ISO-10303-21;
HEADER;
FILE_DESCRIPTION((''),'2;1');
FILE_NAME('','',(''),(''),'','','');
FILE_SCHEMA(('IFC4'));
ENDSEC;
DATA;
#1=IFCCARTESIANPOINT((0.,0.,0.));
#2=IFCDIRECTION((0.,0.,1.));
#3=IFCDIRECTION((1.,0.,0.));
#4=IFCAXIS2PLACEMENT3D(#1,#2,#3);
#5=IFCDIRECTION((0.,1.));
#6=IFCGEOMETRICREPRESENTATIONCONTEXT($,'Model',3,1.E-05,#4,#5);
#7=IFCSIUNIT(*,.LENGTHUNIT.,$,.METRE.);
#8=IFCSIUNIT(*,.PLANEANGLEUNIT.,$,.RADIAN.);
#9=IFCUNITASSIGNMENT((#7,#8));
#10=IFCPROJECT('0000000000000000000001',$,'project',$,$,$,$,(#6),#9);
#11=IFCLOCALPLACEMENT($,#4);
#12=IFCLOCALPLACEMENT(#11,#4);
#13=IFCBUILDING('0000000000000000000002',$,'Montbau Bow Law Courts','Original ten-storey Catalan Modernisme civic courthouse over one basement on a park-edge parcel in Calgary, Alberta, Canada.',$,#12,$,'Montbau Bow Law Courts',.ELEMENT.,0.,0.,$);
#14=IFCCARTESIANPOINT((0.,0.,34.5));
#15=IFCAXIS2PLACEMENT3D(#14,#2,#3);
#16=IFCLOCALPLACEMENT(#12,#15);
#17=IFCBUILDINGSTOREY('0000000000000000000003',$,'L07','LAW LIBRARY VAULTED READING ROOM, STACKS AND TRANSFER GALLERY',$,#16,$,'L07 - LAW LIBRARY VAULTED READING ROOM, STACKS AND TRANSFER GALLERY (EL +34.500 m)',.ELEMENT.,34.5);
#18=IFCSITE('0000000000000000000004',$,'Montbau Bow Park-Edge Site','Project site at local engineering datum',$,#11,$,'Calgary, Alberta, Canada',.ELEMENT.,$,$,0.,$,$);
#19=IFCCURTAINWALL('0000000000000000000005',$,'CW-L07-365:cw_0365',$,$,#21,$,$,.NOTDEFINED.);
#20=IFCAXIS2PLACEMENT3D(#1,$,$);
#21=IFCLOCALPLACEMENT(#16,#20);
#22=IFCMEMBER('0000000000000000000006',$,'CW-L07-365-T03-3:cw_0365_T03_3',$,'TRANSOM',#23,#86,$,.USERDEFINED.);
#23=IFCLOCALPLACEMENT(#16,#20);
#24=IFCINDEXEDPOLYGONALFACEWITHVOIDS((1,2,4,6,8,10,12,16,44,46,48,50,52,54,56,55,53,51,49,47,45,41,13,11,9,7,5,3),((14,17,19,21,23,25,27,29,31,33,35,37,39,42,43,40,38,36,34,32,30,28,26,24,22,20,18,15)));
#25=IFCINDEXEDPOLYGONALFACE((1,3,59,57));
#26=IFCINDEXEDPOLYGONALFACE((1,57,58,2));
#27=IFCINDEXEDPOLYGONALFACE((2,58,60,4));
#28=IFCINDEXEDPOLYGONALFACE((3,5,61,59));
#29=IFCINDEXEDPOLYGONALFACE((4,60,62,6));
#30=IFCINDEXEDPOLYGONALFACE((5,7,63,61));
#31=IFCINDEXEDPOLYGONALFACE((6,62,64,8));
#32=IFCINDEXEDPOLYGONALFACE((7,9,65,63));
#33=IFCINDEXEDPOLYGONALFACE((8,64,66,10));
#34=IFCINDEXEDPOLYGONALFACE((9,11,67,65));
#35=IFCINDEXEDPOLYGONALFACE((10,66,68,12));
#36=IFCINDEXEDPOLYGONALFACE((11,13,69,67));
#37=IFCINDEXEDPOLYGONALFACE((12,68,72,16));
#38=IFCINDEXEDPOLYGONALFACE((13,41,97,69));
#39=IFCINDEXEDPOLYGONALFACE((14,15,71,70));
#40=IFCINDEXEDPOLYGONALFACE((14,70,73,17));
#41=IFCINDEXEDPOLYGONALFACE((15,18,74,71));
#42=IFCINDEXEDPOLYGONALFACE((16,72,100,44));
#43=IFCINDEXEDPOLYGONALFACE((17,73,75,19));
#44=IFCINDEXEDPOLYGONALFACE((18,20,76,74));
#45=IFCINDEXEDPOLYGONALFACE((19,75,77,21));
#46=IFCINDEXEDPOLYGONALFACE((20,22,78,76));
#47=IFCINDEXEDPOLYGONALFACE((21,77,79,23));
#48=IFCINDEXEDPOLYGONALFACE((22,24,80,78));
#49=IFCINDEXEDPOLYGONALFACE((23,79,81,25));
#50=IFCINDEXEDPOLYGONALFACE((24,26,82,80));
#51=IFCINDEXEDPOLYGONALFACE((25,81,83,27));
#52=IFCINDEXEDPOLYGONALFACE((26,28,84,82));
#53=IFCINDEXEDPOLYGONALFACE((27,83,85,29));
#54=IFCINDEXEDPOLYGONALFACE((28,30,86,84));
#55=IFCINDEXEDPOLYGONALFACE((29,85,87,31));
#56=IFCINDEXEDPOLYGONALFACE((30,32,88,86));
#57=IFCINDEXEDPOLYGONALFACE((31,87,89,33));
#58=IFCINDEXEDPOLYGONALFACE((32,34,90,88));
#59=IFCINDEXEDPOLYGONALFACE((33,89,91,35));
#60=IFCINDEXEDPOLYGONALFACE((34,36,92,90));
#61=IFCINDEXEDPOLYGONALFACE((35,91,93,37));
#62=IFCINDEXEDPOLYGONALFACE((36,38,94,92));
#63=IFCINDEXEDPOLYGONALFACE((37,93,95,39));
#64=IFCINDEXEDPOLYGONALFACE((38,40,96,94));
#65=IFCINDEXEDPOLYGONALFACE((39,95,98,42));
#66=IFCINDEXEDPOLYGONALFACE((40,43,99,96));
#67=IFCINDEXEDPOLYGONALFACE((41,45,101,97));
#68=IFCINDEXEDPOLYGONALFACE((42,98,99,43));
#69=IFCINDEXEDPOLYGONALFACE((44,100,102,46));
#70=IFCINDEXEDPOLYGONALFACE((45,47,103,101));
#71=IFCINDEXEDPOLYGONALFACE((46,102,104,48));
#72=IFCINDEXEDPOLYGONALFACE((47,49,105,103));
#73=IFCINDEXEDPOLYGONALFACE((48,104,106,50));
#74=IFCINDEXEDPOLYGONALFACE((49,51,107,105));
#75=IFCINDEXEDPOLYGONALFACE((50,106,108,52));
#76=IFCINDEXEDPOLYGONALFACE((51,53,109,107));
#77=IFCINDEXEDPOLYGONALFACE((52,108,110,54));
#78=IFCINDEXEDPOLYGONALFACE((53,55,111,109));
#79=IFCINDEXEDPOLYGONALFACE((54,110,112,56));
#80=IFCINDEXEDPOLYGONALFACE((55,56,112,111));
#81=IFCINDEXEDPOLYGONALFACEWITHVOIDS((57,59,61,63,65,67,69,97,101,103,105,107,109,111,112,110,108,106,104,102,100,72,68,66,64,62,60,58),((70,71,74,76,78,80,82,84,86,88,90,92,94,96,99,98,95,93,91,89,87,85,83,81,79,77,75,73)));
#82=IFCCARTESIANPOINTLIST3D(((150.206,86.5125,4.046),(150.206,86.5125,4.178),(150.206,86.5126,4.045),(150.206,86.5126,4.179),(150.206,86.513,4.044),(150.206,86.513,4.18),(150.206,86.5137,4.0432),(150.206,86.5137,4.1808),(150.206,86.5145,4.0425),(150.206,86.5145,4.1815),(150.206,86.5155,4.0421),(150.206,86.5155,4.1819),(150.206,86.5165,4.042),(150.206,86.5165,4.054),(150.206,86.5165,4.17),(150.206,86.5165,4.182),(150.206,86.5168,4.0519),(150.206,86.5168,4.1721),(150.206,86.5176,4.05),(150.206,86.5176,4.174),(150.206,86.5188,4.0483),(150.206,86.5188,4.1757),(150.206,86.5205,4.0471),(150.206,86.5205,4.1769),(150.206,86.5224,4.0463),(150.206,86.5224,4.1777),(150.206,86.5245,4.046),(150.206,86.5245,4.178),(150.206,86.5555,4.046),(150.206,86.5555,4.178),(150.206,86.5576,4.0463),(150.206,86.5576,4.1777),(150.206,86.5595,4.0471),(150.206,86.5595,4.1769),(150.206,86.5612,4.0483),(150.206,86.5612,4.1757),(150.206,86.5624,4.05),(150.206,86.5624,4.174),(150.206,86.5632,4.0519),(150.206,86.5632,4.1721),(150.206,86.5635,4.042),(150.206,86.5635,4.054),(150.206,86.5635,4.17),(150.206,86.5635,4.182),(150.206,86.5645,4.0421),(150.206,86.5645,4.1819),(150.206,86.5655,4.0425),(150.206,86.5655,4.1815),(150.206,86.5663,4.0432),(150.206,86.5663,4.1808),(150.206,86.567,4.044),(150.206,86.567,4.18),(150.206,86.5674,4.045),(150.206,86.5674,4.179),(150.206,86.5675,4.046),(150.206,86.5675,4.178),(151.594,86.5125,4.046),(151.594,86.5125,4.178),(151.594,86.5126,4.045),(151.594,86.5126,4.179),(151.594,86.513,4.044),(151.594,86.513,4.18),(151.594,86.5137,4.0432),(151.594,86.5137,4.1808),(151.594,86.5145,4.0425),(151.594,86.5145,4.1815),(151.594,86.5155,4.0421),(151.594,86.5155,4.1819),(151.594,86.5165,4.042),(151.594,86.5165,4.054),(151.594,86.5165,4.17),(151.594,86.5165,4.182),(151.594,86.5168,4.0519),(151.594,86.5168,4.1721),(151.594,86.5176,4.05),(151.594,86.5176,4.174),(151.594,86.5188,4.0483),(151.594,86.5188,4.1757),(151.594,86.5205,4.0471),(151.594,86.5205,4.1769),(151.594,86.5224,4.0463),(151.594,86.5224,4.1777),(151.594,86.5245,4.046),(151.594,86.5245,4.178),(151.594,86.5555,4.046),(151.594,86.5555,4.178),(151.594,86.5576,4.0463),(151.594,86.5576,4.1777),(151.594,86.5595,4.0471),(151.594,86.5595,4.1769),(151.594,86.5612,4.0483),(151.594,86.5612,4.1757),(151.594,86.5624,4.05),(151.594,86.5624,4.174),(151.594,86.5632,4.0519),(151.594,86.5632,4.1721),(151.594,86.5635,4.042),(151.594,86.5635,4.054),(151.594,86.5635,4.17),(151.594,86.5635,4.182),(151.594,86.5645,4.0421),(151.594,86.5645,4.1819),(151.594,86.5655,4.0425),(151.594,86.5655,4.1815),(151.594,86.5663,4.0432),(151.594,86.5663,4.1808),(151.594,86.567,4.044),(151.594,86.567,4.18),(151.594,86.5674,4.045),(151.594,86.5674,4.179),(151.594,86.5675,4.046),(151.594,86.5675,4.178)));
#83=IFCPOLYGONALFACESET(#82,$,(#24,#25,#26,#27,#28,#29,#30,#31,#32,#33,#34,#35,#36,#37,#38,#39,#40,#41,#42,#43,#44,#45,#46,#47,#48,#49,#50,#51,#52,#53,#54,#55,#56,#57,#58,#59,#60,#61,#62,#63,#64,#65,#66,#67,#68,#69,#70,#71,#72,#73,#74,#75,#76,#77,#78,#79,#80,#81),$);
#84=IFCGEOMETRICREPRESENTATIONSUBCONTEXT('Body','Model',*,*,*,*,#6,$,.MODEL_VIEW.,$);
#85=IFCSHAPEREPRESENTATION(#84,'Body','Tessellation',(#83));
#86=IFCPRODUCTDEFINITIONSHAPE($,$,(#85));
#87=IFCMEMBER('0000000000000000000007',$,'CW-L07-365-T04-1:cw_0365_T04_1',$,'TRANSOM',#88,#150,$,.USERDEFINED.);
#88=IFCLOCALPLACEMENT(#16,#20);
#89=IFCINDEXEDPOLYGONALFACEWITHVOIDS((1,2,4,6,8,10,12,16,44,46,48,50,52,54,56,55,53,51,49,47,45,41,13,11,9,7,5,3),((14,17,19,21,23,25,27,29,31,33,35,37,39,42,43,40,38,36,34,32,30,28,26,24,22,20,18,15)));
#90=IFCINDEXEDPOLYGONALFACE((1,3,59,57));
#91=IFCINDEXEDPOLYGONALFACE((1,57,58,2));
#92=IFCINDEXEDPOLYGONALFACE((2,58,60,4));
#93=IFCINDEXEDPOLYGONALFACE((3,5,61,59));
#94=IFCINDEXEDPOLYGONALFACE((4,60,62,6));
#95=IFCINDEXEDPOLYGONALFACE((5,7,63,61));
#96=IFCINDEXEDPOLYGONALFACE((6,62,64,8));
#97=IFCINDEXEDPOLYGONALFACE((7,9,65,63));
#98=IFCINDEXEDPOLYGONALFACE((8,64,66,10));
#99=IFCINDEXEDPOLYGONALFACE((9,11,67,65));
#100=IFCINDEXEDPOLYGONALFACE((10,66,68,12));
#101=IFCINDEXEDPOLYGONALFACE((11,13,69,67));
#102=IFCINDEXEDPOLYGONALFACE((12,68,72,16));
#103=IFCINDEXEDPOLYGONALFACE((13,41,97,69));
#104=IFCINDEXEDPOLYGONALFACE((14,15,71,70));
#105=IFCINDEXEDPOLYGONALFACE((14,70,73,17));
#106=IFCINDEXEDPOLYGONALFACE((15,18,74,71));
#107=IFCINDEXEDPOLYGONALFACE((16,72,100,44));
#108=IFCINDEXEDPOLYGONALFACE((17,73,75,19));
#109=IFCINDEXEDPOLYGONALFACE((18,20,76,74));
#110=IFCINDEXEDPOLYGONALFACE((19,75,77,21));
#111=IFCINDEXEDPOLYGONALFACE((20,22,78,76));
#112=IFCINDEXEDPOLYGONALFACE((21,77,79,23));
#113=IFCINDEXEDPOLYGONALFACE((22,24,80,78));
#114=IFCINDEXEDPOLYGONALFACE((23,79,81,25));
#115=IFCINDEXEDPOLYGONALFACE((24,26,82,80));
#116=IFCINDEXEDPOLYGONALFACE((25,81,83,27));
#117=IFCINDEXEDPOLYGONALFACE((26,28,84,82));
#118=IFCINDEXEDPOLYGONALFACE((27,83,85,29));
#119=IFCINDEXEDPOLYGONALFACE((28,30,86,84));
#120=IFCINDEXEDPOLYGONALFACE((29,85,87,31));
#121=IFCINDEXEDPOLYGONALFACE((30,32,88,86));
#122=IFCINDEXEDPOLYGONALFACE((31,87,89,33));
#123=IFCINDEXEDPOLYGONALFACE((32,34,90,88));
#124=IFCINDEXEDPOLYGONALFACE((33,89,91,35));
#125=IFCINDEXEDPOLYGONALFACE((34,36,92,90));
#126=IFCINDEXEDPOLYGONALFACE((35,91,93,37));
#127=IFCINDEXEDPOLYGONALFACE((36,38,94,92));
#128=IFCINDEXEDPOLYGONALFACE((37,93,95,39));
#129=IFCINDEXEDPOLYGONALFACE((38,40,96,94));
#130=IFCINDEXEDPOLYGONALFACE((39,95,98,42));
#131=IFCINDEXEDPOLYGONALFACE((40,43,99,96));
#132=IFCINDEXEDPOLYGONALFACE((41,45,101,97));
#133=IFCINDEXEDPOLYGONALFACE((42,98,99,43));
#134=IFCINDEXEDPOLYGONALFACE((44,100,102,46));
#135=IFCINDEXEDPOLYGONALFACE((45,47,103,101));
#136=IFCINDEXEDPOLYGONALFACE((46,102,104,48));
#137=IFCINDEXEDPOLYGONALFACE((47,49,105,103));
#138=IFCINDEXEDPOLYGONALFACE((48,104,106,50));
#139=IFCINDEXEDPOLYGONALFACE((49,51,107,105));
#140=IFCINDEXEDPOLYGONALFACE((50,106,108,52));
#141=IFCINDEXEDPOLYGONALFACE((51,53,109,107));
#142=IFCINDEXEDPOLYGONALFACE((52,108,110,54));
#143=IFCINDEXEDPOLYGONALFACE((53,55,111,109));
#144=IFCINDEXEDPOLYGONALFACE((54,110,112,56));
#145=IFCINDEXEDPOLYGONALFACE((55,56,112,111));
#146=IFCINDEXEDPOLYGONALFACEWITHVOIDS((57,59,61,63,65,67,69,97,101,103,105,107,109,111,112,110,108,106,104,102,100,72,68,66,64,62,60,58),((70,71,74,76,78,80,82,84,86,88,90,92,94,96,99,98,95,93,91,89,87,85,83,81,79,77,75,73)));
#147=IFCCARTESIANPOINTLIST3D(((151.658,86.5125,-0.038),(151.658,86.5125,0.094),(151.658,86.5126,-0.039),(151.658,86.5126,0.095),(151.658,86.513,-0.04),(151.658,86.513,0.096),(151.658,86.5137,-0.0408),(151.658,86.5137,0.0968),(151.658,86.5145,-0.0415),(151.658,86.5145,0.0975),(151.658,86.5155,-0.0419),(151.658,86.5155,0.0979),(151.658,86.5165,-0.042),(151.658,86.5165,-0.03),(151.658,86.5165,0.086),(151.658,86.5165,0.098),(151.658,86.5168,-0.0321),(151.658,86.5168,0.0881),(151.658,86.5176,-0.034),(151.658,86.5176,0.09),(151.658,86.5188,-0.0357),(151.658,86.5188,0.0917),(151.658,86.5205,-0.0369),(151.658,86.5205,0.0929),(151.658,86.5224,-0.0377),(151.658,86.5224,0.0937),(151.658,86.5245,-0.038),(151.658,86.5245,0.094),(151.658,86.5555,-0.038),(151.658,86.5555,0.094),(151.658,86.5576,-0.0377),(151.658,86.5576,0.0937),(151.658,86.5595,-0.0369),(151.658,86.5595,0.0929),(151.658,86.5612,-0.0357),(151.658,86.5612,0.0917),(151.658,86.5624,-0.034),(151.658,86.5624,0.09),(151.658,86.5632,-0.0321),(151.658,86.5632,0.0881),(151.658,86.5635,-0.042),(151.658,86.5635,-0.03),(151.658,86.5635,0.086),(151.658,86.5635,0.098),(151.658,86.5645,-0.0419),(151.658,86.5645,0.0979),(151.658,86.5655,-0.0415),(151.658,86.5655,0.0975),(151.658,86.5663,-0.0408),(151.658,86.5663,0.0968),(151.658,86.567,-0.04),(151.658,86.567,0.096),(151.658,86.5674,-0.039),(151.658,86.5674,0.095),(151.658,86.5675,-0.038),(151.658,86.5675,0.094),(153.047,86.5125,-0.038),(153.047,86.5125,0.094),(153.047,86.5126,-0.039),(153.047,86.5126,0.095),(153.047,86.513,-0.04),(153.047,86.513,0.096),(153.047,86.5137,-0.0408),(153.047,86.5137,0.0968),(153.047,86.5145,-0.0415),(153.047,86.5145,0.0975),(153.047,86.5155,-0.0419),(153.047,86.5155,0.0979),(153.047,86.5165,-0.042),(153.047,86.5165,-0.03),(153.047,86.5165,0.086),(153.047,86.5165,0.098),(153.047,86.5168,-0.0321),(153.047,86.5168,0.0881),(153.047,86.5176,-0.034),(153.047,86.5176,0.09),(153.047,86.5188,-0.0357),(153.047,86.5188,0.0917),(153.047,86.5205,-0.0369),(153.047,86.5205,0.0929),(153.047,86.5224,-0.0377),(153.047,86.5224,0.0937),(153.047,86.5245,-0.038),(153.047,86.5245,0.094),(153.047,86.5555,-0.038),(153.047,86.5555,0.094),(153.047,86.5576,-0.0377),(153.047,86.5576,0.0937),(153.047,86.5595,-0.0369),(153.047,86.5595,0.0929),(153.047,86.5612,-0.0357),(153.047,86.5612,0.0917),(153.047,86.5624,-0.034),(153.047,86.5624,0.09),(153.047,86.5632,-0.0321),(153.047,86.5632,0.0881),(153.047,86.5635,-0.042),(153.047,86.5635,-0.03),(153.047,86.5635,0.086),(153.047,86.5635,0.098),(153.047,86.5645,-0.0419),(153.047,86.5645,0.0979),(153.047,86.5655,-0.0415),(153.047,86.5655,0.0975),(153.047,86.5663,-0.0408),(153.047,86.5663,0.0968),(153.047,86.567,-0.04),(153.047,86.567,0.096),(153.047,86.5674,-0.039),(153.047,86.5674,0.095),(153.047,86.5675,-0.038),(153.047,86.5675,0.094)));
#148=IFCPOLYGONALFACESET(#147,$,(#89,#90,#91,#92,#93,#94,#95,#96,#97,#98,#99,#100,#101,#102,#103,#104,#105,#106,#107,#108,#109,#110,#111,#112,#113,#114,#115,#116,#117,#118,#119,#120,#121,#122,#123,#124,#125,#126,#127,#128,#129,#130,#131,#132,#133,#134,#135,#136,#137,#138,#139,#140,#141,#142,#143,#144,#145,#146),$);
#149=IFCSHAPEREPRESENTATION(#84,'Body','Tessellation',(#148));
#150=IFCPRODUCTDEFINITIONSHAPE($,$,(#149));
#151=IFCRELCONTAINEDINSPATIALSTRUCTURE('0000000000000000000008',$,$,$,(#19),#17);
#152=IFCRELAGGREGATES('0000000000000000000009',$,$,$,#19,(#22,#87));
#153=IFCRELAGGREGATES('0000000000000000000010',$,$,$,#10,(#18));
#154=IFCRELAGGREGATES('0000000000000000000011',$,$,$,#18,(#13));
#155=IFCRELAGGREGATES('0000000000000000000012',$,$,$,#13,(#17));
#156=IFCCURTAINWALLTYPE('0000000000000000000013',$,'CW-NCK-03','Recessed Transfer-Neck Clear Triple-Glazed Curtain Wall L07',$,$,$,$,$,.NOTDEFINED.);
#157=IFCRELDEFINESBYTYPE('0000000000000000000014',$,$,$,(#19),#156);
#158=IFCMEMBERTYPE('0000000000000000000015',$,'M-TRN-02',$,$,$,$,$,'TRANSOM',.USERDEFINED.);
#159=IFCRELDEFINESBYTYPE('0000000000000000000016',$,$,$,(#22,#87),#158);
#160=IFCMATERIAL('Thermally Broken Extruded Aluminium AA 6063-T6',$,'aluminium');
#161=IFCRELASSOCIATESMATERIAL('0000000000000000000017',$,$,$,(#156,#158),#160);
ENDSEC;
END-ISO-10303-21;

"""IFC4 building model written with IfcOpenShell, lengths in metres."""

from ifc_helpers import new_model, si_unit, direction, frame, origin_with_axes, origin_2d_with_axis, place, context, subcontext, project, spatial, hollow_rectangle, extrude, material, material_profile, profile_set, type_object, element, aggregate, save


model = new_model("IFC4")

# Units and contexts
model_context = context("Model", 3, precision=1e-05, world=origin_with_axes(), true_north=direction((0.0, 1.0)))
body_context = subcontext(model_context, "Body", "Model", "MODEL_VIEW")
ifc_project = project(units=[si_unit("LENGTHUNIT", "METRE"), si_unit("PLANEANGLEUNIT", "RADIAN")], contexts=[model_context])

# Site, building, storey
site_placement = place(None, origin_with_axes())
site = spatial("IfcSite", under=ifc_project, at=site_placement, Name="Montbau Bow Park-Edge Site", Description="Project site at local engineering datum", LongName="Calgary, Alberta, Canada", CompositionType="ELEMENT", RefElevation=0.0)
building_placement = place(site_placement, origin_with_axes())
building = spatial("IfcBuilding", under=site, at=building_placement, Name="Montbau Bow Law Courts", Description="Original ten-storey Catalan Modernisme civic courthouse over one basement on a park-edge parcel in Calgary, Alberta, Canada.", LongName="Montbau Bow Law Courts", CompositionType="ELEMENT", ElevationOfRefHeight=0.0, ElevationOfTerrain=0.0)
storey_placement = place(building_placement, frame((0.0, 0.0, 34.5), z_axis=(0.0, 0.0, 1.0), x_axis=(1.0, 0.0, 0.0)))
storey = spatial("IfcBuildingStorey", under=building, at=storey_placement, Name="L07", Description="LAW LIBRARY VAULTED READING ROOM, STACKS AND TRANSFER GALLERY", LongName="L07 - LAW LIBRARY VAULTED READING ROOM, STACKS AND TRANSFER GALLERY (EL +34.500 m)", CompositionType="ELEMENT", Elevation=34.5)

# Curtain wall, members
ifc_material_1 = material(Name="Thermally Broken Extruded Aluminium AA 6063-T6", Category="aluminium")
curtain_wall_type = type_object("IfcCurtainWallType", Name="CW-NCK-03", Description="Recessed Transfer-Neck Clear Triple-Glazed Curtain Wall L07", PredefinedType="NOTDEFINED", material=ifc_material_1)
curtain_wall_placement = place(None, frame((147.268, 86.54, 34.5), z_axis=(0.0, 0.0, 1.0), x_axis=(1.0, 0.0, 0.0)))
curtain_wall = element("IfcCurtainWall", 1, at=curtain_wall_placement, inside=storey, type_object=curtain_wall_type, Name="CW-L07-365:cw_0365", PredefinedType="NOTDEFINED")
ifc_material_profile_1 = material_profile(ifc_material_1, hollow_rectangle(XDim=0.055, YDim=0.14, WallThickness=0.004, InnerFilletRadius=0.008, OuterFilletRadius=0.004, at=origin_2d_with_axis()), Name="CWT-140X55", Category="Main", Priority=0)
ifc_profile_set_1 = profile_set([ifc_material_profile_1], Name="Thermally Broken Extruded Aluminium AA 6063-T6")
member_type_1 = type_object("IfcMemberType", Name="M-TRN-02", ElementType="TRANSOM", PredefinedType="USERDEFINED", material=ifc_profile_set_1)
member_1_placement = place(None, frame((150.206, 86.54, 38.612), z_axis=(1.0, 0.0, 0.0), x_axis=(0.0, 1.0, 0.0)))
member_1 = element("IfcMember", 2, at=member_1_placement, type_object=member_type_1, Name="CW-L07-365-T03-3:cw_0365_T03_3", ObjectType="TRANSOM", PredefinedType="USERDEFINED", context=body_context, shape_type="SweptSolid", body=[
    extrude(hollow_rectangle(XDim=0.055, YDim=0.14, WallThickness=0.004, InnerFilletRadius=0.008, OuterFilletRadius=0.004, at=origin_2d_with_axis()), origin_with_axes(), (0.0, 0.0, 1.0), 1.388),
])
member_2_placement = place(None, frame((151.658, 86.54, 34.528), z_axis=(1.0, 0.0, 0.0), x_axis=(0.0, 1.0, 0.0)))
member_2 = element("IfcMember", 3, at=member_2_placement, type_object=member_type_1, Name="CW-L07-365-T04-1:cw_0365_T04_1", ObjectType="TRANSOM", PredefinedType="USERDEFINED", context=body_context, shape_type="SweptSolid", body=[
    extrude(hollow_rectangle(XDim=0.055, YDim=0.14, WallThickness=0.004, InnerFilletRadius=0.008, OuterFilletRadius=0.004, at=origin_2d_with_axis()), origin_with_axes(), (0.0, 0.0, 1.0), 1.389),
])
aggregate(curtain_wall, [member_1, member_2])

save(model, "model.ifc")
